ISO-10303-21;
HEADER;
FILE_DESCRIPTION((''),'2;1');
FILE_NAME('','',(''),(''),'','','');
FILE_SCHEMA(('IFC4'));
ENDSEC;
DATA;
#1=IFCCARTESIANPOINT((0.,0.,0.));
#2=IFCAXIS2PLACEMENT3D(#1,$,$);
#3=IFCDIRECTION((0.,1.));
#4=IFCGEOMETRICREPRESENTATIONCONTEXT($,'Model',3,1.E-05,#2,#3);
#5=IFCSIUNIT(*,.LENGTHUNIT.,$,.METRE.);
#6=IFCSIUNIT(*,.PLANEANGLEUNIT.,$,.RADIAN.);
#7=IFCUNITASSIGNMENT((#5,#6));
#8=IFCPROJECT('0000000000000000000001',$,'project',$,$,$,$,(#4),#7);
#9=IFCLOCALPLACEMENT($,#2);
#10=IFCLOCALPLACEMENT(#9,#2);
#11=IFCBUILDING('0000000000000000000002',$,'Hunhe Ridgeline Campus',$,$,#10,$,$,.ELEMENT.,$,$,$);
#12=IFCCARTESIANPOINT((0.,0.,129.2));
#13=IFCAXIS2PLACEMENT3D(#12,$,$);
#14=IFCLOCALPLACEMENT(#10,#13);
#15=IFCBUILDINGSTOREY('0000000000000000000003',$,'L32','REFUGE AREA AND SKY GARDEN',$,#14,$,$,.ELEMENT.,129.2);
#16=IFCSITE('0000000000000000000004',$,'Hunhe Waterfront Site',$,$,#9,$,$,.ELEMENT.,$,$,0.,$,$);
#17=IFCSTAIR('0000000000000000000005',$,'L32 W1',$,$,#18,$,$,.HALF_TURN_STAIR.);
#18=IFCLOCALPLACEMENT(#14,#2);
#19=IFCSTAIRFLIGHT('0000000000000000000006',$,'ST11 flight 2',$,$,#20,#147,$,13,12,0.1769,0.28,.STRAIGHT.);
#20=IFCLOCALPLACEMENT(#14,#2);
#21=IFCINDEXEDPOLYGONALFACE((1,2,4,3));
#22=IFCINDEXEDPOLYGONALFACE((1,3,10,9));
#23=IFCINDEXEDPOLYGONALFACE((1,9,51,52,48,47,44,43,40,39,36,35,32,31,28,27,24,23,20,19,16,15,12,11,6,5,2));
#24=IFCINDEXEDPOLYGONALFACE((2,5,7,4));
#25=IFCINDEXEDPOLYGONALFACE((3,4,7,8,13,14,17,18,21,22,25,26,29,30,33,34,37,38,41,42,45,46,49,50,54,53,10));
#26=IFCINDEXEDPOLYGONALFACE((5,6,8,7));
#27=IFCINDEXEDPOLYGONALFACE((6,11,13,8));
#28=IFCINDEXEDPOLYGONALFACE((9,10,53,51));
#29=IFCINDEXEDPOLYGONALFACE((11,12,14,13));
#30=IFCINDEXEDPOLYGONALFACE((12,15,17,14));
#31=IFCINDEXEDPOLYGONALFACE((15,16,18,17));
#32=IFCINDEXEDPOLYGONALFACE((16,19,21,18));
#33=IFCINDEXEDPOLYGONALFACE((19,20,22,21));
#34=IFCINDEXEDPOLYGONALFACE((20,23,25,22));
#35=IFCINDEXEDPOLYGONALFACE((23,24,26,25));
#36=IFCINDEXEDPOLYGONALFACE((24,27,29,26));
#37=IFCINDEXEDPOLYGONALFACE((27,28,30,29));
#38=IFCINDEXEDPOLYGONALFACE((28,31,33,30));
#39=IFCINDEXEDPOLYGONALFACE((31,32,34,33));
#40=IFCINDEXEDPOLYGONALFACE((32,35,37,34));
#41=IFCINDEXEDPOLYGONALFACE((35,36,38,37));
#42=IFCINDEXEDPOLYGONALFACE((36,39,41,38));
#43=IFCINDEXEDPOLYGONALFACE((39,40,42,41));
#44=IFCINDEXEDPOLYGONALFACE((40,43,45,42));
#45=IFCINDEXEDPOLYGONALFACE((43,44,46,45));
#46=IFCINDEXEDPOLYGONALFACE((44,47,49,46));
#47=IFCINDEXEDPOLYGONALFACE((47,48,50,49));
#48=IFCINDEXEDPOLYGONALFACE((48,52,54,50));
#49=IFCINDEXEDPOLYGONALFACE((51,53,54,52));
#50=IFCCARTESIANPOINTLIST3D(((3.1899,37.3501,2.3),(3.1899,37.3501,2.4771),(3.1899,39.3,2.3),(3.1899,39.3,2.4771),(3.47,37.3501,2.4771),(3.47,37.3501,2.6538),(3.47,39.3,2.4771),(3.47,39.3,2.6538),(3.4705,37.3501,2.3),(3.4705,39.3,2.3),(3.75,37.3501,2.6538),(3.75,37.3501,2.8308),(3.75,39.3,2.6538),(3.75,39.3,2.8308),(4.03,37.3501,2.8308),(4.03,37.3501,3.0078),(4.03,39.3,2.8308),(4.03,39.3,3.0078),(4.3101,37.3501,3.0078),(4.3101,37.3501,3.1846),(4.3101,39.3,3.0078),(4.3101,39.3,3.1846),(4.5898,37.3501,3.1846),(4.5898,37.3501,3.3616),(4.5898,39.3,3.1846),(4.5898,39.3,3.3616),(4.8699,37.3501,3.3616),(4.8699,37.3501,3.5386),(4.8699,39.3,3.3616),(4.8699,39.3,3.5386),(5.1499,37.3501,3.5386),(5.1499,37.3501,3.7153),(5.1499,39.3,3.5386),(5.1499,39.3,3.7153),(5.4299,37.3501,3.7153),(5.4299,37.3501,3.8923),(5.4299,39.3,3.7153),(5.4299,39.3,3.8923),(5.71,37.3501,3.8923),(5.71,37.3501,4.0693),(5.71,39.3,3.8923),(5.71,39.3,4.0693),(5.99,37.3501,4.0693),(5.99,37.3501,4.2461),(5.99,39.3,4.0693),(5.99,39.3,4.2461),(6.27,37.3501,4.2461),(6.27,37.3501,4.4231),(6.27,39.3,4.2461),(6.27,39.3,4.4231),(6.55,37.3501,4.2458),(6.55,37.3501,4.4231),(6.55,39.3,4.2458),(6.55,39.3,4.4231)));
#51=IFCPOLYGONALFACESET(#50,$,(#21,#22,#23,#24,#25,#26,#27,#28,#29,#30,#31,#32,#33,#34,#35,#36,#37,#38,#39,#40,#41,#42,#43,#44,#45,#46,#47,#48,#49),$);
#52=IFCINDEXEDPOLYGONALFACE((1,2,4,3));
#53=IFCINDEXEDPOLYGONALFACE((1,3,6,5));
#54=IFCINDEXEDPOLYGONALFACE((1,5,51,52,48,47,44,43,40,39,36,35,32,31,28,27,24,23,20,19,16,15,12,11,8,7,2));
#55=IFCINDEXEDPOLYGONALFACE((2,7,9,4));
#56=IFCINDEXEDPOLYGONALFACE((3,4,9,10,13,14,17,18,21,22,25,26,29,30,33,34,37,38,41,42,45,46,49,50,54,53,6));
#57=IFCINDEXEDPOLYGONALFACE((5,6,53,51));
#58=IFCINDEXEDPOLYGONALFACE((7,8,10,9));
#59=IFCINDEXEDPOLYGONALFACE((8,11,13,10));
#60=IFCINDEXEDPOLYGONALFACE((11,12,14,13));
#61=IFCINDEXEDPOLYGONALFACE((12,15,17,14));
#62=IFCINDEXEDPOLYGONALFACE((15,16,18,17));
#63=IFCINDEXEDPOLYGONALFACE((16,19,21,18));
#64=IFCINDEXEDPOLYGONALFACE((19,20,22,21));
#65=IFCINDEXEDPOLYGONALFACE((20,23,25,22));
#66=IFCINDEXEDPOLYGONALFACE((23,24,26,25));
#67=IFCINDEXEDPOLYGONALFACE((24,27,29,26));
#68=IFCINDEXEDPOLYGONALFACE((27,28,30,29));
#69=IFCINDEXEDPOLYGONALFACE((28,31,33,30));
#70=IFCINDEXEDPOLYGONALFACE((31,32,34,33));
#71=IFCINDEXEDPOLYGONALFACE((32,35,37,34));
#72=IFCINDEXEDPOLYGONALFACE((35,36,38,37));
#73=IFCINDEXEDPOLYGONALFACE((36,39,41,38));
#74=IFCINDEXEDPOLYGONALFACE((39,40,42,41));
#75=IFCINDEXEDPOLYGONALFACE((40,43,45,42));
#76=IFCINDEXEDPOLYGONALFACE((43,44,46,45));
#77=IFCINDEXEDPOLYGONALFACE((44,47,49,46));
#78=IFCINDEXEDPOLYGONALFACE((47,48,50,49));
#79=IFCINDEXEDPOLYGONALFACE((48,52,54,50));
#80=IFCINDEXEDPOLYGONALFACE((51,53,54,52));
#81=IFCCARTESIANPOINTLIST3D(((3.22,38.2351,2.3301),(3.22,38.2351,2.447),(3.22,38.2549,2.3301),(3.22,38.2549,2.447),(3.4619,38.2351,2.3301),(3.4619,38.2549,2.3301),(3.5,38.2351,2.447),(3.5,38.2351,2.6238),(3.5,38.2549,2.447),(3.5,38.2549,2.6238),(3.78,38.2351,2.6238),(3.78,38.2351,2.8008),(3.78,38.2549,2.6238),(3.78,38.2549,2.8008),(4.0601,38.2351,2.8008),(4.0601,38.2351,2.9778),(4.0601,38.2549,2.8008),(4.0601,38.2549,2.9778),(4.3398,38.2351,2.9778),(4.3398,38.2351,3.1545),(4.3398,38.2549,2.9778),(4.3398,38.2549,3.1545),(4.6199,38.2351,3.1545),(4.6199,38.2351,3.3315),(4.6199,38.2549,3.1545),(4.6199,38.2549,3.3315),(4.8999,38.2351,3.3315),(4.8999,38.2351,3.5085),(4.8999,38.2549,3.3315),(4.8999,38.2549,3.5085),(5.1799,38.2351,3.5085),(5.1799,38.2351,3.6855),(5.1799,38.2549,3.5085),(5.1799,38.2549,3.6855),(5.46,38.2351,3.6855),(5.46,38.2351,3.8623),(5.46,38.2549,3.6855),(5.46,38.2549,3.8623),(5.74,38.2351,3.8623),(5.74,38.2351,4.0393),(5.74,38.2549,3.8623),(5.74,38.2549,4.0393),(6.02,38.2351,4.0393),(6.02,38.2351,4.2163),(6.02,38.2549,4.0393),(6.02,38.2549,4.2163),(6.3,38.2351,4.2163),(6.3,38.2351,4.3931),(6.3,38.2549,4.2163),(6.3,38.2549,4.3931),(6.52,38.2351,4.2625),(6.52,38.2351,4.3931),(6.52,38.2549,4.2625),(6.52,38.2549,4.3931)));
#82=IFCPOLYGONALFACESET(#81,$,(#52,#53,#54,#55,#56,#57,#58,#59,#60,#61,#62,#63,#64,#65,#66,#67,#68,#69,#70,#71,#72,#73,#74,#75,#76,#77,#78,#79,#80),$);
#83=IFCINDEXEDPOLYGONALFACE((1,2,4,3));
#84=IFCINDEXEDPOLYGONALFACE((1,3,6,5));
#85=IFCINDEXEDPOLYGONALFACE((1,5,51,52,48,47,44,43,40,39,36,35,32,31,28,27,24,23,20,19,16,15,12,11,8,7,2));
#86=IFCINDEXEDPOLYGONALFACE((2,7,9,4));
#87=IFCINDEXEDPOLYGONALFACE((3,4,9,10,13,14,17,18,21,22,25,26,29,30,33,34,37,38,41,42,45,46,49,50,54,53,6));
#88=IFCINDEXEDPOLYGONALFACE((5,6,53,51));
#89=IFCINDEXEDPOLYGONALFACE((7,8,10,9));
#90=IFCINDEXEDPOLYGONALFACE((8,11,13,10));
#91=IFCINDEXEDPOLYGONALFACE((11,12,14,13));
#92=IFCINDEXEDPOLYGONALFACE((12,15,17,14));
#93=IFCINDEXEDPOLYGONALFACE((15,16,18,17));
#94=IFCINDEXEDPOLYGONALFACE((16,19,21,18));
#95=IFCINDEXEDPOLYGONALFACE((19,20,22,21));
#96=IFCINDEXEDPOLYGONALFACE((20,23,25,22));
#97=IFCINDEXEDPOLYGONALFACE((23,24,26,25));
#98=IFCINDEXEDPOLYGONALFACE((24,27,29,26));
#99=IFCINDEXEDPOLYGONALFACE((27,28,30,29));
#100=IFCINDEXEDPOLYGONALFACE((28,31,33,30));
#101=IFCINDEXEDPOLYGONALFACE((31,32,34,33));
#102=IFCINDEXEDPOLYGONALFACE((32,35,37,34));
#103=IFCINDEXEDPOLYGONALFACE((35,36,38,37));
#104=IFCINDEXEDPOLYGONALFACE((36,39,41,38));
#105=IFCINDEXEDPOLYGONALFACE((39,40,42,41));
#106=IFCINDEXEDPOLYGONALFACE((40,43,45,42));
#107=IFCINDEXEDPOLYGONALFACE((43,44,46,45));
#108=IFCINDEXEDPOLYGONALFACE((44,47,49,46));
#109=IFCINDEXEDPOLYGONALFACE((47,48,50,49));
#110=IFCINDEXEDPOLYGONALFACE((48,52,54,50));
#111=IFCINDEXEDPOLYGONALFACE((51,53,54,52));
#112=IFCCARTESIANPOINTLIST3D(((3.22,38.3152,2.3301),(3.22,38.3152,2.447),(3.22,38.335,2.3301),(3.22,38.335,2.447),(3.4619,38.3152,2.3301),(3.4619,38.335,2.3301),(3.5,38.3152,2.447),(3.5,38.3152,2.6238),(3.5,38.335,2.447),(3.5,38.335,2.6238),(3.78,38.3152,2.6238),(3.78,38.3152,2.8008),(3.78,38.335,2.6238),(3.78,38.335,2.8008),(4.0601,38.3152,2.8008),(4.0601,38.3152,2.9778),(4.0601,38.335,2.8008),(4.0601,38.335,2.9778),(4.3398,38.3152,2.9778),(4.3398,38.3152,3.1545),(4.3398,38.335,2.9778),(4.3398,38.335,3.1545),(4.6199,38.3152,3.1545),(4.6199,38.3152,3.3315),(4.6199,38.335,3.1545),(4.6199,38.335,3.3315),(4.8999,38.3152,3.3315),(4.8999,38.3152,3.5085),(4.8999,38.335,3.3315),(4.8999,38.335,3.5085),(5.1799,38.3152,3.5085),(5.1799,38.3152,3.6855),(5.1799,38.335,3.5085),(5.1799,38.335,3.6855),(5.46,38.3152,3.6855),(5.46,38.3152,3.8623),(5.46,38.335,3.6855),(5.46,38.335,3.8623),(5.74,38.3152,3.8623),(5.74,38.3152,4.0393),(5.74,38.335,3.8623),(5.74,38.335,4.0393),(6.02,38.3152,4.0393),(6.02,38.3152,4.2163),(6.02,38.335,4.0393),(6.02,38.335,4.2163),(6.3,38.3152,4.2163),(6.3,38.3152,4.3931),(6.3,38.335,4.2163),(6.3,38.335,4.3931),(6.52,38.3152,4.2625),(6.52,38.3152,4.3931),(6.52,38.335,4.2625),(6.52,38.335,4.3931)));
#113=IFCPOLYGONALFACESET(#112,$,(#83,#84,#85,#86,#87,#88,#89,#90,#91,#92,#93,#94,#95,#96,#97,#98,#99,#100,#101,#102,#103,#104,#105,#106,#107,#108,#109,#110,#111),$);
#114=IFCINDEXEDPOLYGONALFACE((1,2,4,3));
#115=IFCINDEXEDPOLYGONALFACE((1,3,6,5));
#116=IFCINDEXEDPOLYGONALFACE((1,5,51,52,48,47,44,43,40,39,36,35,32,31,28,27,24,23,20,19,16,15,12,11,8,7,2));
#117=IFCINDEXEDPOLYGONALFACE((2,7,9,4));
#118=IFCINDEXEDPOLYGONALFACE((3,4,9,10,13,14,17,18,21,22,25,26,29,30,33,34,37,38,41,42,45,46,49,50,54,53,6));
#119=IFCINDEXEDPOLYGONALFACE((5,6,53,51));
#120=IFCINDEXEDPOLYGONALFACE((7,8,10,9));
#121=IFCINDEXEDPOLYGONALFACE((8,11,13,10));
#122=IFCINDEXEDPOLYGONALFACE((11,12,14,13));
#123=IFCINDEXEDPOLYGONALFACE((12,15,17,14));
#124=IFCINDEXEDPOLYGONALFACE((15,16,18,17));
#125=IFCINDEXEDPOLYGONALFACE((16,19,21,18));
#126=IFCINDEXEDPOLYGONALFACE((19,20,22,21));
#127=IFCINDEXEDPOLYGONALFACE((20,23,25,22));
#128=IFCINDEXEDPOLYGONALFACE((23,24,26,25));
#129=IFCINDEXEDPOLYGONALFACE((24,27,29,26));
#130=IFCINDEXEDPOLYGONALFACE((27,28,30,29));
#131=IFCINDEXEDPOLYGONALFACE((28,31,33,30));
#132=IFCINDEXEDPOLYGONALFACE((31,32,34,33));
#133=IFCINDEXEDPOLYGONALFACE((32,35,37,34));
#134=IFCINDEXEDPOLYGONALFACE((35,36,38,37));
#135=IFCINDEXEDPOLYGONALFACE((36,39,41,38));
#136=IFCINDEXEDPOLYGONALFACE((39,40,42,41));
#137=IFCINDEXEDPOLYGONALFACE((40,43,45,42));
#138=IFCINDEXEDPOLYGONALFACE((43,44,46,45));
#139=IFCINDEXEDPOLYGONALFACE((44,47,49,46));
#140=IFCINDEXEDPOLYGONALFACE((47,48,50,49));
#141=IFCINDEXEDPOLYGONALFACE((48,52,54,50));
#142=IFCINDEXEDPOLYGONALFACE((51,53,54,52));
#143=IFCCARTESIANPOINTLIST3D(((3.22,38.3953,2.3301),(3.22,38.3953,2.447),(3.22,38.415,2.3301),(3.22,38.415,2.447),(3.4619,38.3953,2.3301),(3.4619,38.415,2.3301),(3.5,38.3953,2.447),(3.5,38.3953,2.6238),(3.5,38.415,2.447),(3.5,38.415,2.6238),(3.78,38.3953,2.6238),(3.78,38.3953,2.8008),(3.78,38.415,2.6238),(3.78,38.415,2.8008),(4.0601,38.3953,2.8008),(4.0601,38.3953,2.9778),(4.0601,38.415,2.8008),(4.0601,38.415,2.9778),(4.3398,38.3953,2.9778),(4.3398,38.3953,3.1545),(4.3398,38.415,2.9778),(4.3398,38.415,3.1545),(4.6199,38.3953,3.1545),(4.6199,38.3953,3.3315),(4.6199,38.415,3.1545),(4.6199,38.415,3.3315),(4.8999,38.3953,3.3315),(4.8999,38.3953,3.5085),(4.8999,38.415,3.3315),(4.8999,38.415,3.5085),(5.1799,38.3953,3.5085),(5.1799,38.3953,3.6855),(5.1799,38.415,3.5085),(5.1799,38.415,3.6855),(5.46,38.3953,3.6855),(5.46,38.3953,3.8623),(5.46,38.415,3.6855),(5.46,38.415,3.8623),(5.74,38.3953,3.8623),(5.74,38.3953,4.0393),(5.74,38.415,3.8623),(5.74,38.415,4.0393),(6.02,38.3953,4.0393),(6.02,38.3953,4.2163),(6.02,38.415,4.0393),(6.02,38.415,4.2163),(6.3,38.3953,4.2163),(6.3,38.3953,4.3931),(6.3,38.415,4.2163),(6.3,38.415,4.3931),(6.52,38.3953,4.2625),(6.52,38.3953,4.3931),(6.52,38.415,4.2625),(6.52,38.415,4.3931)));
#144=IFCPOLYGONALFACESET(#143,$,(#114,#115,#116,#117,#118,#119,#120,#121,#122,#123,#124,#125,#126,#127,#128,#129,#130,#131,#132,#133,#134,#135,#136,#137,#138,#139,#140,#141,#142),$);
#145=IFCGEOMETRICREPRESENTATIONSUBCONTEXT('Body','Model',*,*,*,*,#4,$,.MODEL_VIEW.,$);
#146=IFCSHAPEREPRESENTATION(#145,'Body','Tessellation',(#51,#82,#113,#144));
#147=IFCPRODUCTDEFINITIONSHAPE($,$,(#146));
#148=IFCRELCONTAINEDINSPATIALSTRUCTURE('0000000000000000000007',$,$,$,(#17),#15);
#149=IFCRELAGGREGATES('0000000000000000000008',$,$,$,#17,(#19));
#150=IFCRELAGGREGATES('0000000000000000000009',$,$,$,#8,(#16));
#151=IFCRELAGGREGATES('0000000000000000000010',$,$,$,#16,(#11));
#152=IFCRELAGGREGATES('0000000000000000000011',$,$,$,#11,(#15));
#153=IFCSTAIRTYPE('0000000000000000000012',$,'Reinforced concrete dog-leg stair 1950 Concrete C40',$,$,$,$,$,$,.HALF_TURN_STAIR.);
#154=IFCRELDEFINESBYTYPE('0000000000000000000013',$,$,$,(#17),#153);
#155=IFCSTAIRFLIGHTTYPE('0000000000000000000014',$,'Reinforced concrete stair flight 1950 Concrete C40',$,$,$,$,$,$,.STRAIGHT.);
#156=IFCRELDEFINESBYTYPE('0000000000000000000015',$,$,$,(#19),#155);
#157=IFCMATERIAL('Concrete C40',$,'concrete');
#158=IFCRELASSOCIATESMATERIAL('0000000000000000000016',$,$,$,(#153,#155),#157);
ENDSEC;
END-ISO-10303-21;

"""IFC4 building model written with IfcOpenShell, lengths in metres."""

from ifc_helpers import new_model, si_unit, direction, frame, origin, place, context, subcontext, project, spatial, polyline, outline, extrude, material, type_object, element, aggregate, save


model = new_model("IFC4")

# Units and contexts
model_context = context("Model", 3, precision=1e-05, world=origin(), true_north=direction((0.0, 1.0)))
body_context = subcontext(model_context, "Body", "Model", "MODEL_VIEW")
ifc_project = project(units=[si_unit("LENGTHUNIT", "METRE"), si_unit("PLANEANGLEUNIT", "RADIAN")], contexts=[model_context])

# Site, building, storey
site_placement = place(None, origin())
site = spatial("IfcSite", under=ifc_project, at=site_placement, Name="Hunhe Waterfront Site", CompositionType="ELEMENT", RefElevation=0.0)
building_placement = place(site_placement, origin())
building = spatial("IfcBuilding", under=site, at=building_placement, Name="Hunhe Ridgeline Campus", CompositionType="ELEMENT")
storey_placement = place(building_placement, frame((0.0, 0.0, 129.2)))
storey = spatial("IfcBuildingStorey", under=building, at=storey_placement, Name="L32", Description="REFUGE AREA AND SKY GARDEN", CompositionType="ELEMENT", Elevation=129.2)

# Stair, stair flight
ifc_material_1 = material(Name="Concrete C40", Category="concrete")
stair_type = type_object("IfcStairType", Name="Reinforced concrete dog-leg stair 1950 Concrete C40", PredefinedType="HALF_TURN_STAIR", material=ifc_material_1)
stair_placement = place(storey_placement, origin())
stair = element("IfcStair", 1, at=stair_placement, inside=storey, type_object=stair_type, Name="L32 W1", PredefinedType="HALF_TURN_STAIR")
stair_flight_type = type_object("IfcStairFlightType", Name="Reinforced concrete stair flight 1950 Concrete C40", PredefinedType="STRAIGHT", material=ifc_material_1)
stair_flight_1_placement = place(storey_placement, frame((3.1899, 38.325, 2.3), z_axis=(0.0, 0.0, 1.0), x_axis=(1.0, 0.0, 0.0)))
stair_flight_1 = element("IfcStairFlight", 2, at=stair_flight_1_placement, type_object=stair_flight_type, Name="ST11 flight 2", NumberOfRisers=13, NumberOfTreads=12, PredefinedType="STRAIGHT", RiserHeight=0.1769, TreadLength=0.28, context=body_context, shape_type="SweptSolid", body=[
    extrude(outline(polyline([(0.0, 0.0), (0.0, 0.177), (0.28, 0.177), (0.28, 0.3538), (0.5601, 0.3538), (0.5601, 0.5308), (0.8401, 0.5308), (0.8401, 0.7078), (1.1201, 0.7078), (1.1201, 0.8845), (1.3999, 0.8845), (1.3999, 1.0615), (1.6799, 1.0615), (1.6799, 1.2385), (1.96, 1.2385), (1.96, 1.4153), (2.24, 1.4153), (2.24, 1.5923), (2.52, 1.5923), (2.52, 1.7693), (2.8, 1.7693), (2.8, 1.946), (3.0801, 1.946), (3.0801, 2.123), (3.3601, 2.123), (3.3601, 2.3), (3.3601, 1.9458), (0.2805, 0.0), (0.0, 0.0)])), frame((0.0, 0.9751, 0.0), z_axis=(0.0, -1.0, 0.0), x_axis=(1.0, 0.0, 0.0)), (0.0, 0.0, 1.0), 1.95),
    extrude(outline(polyline([(0.03, 0.03), (0.03, 0.147), (0.3101, 0.147), (0.3101, 0.3237), (0.5901, 0.3237), (0.5901, 0.5007), (0.8701, 0.5007), (0.8701, 0.6777), (1.1499, 0.6777), (1.1499, 0.8545), (1.4299, 0.8545), (1.4299, 1.0315), (1.71, 1.0315), (1.71, 1.2085), (1.99, 1.2085), (1.99, 1.3855), (2.27, 1.3855), (2.27, 1.5623), (2.55, 1.5623), (2.55, 1.7393), (2.8301, 1.7393), (2.8301, 1.9163), (3.1101, 1.9163), (3.1101, 2.093), (3.3301, 2.093), (3.3301, 1.9624), (0.272, 0.03), (0.03, 0.03)])), frame((0.0, -0.0701, 0.0), z_axis=(0.0, -1.0, 0.0), x_axis=(1.0, 0.0, 0.0)), (0.0, 0.0, 1.0), 0.0198),
    extrude(outline(polyline([(0.03, 0.03), (0.03, 0.147), (0.3101, 0.147), (0.3101, 0.3237), (0.5901, 0.3237), (0.5901, 0.5007), (0.8701, 0.5007), (0.8701, 0.6777), (1.1499, 0.6777), (1.1499, 0.8545), (1.4299, 0.8545), (1.4299, 1.0315), (1.71, 1.0315), (1.71, 1.2085), (1.99, 1.2085), (1.99, 1.3855), (2.27, 1.3855), (2.27, 1.5623), (2.55, 1.5623), (2.55, 1.7393), (2.8301, 1.7393), (2.8301, 1.9163), (3.1101, 1.9163), (3.1101, 2.093), (3.3301, 2.093), (3.3301, 1.9624), (0.272, 0.03), (0.03, 0.03)])), frame((0.0, 0.01, 0.0), z_axis=(0.0, -1.0, 0.0), x_axis=(1.0, 0.0, 0.0)), (0.0, 0.0, 1.0), 0.0198),
    extrude(outline(polyline([(0.03, 0.03), (0.03, 0.147), (0.3101, 0.147), (0.3101, 0.3237), (0.5901, 0.3237), (0.5901, 0.5007), (0.8701, 0.5007), (0.8701, 0.6777), (1.1499, 0.6777), (1.1499, 0.8545), (1.4299, 0.8545), (1.4299, 1.0315), (1.71, 1.0315), (1.71, 1.2085), (1.99, 1.2085), (1.99, 1.3855), (2.27, 1.3855), (2.27, 1.5623), (2.55, 1.5623), (2.55, 1.7393), (2.8301, 1.7393), (2.8301, 1.9163), (3.1101, 1.9163), (3.1101, 2.093), (3.3301, 2.093), (3.3301, 1.9624), (0.272, 0.03), (0.03, 0.03)])), frame((0.0, 0.0901, 0.0), z_axis=(0.0, -1.0, 0.0), x_axis=(1.0, 0.0, 0.0)), (0.0, 0.0, 1.0), 0.0198),
])
aggregate(stair, [stair_flight_1])

save(model, "model.ifc")
